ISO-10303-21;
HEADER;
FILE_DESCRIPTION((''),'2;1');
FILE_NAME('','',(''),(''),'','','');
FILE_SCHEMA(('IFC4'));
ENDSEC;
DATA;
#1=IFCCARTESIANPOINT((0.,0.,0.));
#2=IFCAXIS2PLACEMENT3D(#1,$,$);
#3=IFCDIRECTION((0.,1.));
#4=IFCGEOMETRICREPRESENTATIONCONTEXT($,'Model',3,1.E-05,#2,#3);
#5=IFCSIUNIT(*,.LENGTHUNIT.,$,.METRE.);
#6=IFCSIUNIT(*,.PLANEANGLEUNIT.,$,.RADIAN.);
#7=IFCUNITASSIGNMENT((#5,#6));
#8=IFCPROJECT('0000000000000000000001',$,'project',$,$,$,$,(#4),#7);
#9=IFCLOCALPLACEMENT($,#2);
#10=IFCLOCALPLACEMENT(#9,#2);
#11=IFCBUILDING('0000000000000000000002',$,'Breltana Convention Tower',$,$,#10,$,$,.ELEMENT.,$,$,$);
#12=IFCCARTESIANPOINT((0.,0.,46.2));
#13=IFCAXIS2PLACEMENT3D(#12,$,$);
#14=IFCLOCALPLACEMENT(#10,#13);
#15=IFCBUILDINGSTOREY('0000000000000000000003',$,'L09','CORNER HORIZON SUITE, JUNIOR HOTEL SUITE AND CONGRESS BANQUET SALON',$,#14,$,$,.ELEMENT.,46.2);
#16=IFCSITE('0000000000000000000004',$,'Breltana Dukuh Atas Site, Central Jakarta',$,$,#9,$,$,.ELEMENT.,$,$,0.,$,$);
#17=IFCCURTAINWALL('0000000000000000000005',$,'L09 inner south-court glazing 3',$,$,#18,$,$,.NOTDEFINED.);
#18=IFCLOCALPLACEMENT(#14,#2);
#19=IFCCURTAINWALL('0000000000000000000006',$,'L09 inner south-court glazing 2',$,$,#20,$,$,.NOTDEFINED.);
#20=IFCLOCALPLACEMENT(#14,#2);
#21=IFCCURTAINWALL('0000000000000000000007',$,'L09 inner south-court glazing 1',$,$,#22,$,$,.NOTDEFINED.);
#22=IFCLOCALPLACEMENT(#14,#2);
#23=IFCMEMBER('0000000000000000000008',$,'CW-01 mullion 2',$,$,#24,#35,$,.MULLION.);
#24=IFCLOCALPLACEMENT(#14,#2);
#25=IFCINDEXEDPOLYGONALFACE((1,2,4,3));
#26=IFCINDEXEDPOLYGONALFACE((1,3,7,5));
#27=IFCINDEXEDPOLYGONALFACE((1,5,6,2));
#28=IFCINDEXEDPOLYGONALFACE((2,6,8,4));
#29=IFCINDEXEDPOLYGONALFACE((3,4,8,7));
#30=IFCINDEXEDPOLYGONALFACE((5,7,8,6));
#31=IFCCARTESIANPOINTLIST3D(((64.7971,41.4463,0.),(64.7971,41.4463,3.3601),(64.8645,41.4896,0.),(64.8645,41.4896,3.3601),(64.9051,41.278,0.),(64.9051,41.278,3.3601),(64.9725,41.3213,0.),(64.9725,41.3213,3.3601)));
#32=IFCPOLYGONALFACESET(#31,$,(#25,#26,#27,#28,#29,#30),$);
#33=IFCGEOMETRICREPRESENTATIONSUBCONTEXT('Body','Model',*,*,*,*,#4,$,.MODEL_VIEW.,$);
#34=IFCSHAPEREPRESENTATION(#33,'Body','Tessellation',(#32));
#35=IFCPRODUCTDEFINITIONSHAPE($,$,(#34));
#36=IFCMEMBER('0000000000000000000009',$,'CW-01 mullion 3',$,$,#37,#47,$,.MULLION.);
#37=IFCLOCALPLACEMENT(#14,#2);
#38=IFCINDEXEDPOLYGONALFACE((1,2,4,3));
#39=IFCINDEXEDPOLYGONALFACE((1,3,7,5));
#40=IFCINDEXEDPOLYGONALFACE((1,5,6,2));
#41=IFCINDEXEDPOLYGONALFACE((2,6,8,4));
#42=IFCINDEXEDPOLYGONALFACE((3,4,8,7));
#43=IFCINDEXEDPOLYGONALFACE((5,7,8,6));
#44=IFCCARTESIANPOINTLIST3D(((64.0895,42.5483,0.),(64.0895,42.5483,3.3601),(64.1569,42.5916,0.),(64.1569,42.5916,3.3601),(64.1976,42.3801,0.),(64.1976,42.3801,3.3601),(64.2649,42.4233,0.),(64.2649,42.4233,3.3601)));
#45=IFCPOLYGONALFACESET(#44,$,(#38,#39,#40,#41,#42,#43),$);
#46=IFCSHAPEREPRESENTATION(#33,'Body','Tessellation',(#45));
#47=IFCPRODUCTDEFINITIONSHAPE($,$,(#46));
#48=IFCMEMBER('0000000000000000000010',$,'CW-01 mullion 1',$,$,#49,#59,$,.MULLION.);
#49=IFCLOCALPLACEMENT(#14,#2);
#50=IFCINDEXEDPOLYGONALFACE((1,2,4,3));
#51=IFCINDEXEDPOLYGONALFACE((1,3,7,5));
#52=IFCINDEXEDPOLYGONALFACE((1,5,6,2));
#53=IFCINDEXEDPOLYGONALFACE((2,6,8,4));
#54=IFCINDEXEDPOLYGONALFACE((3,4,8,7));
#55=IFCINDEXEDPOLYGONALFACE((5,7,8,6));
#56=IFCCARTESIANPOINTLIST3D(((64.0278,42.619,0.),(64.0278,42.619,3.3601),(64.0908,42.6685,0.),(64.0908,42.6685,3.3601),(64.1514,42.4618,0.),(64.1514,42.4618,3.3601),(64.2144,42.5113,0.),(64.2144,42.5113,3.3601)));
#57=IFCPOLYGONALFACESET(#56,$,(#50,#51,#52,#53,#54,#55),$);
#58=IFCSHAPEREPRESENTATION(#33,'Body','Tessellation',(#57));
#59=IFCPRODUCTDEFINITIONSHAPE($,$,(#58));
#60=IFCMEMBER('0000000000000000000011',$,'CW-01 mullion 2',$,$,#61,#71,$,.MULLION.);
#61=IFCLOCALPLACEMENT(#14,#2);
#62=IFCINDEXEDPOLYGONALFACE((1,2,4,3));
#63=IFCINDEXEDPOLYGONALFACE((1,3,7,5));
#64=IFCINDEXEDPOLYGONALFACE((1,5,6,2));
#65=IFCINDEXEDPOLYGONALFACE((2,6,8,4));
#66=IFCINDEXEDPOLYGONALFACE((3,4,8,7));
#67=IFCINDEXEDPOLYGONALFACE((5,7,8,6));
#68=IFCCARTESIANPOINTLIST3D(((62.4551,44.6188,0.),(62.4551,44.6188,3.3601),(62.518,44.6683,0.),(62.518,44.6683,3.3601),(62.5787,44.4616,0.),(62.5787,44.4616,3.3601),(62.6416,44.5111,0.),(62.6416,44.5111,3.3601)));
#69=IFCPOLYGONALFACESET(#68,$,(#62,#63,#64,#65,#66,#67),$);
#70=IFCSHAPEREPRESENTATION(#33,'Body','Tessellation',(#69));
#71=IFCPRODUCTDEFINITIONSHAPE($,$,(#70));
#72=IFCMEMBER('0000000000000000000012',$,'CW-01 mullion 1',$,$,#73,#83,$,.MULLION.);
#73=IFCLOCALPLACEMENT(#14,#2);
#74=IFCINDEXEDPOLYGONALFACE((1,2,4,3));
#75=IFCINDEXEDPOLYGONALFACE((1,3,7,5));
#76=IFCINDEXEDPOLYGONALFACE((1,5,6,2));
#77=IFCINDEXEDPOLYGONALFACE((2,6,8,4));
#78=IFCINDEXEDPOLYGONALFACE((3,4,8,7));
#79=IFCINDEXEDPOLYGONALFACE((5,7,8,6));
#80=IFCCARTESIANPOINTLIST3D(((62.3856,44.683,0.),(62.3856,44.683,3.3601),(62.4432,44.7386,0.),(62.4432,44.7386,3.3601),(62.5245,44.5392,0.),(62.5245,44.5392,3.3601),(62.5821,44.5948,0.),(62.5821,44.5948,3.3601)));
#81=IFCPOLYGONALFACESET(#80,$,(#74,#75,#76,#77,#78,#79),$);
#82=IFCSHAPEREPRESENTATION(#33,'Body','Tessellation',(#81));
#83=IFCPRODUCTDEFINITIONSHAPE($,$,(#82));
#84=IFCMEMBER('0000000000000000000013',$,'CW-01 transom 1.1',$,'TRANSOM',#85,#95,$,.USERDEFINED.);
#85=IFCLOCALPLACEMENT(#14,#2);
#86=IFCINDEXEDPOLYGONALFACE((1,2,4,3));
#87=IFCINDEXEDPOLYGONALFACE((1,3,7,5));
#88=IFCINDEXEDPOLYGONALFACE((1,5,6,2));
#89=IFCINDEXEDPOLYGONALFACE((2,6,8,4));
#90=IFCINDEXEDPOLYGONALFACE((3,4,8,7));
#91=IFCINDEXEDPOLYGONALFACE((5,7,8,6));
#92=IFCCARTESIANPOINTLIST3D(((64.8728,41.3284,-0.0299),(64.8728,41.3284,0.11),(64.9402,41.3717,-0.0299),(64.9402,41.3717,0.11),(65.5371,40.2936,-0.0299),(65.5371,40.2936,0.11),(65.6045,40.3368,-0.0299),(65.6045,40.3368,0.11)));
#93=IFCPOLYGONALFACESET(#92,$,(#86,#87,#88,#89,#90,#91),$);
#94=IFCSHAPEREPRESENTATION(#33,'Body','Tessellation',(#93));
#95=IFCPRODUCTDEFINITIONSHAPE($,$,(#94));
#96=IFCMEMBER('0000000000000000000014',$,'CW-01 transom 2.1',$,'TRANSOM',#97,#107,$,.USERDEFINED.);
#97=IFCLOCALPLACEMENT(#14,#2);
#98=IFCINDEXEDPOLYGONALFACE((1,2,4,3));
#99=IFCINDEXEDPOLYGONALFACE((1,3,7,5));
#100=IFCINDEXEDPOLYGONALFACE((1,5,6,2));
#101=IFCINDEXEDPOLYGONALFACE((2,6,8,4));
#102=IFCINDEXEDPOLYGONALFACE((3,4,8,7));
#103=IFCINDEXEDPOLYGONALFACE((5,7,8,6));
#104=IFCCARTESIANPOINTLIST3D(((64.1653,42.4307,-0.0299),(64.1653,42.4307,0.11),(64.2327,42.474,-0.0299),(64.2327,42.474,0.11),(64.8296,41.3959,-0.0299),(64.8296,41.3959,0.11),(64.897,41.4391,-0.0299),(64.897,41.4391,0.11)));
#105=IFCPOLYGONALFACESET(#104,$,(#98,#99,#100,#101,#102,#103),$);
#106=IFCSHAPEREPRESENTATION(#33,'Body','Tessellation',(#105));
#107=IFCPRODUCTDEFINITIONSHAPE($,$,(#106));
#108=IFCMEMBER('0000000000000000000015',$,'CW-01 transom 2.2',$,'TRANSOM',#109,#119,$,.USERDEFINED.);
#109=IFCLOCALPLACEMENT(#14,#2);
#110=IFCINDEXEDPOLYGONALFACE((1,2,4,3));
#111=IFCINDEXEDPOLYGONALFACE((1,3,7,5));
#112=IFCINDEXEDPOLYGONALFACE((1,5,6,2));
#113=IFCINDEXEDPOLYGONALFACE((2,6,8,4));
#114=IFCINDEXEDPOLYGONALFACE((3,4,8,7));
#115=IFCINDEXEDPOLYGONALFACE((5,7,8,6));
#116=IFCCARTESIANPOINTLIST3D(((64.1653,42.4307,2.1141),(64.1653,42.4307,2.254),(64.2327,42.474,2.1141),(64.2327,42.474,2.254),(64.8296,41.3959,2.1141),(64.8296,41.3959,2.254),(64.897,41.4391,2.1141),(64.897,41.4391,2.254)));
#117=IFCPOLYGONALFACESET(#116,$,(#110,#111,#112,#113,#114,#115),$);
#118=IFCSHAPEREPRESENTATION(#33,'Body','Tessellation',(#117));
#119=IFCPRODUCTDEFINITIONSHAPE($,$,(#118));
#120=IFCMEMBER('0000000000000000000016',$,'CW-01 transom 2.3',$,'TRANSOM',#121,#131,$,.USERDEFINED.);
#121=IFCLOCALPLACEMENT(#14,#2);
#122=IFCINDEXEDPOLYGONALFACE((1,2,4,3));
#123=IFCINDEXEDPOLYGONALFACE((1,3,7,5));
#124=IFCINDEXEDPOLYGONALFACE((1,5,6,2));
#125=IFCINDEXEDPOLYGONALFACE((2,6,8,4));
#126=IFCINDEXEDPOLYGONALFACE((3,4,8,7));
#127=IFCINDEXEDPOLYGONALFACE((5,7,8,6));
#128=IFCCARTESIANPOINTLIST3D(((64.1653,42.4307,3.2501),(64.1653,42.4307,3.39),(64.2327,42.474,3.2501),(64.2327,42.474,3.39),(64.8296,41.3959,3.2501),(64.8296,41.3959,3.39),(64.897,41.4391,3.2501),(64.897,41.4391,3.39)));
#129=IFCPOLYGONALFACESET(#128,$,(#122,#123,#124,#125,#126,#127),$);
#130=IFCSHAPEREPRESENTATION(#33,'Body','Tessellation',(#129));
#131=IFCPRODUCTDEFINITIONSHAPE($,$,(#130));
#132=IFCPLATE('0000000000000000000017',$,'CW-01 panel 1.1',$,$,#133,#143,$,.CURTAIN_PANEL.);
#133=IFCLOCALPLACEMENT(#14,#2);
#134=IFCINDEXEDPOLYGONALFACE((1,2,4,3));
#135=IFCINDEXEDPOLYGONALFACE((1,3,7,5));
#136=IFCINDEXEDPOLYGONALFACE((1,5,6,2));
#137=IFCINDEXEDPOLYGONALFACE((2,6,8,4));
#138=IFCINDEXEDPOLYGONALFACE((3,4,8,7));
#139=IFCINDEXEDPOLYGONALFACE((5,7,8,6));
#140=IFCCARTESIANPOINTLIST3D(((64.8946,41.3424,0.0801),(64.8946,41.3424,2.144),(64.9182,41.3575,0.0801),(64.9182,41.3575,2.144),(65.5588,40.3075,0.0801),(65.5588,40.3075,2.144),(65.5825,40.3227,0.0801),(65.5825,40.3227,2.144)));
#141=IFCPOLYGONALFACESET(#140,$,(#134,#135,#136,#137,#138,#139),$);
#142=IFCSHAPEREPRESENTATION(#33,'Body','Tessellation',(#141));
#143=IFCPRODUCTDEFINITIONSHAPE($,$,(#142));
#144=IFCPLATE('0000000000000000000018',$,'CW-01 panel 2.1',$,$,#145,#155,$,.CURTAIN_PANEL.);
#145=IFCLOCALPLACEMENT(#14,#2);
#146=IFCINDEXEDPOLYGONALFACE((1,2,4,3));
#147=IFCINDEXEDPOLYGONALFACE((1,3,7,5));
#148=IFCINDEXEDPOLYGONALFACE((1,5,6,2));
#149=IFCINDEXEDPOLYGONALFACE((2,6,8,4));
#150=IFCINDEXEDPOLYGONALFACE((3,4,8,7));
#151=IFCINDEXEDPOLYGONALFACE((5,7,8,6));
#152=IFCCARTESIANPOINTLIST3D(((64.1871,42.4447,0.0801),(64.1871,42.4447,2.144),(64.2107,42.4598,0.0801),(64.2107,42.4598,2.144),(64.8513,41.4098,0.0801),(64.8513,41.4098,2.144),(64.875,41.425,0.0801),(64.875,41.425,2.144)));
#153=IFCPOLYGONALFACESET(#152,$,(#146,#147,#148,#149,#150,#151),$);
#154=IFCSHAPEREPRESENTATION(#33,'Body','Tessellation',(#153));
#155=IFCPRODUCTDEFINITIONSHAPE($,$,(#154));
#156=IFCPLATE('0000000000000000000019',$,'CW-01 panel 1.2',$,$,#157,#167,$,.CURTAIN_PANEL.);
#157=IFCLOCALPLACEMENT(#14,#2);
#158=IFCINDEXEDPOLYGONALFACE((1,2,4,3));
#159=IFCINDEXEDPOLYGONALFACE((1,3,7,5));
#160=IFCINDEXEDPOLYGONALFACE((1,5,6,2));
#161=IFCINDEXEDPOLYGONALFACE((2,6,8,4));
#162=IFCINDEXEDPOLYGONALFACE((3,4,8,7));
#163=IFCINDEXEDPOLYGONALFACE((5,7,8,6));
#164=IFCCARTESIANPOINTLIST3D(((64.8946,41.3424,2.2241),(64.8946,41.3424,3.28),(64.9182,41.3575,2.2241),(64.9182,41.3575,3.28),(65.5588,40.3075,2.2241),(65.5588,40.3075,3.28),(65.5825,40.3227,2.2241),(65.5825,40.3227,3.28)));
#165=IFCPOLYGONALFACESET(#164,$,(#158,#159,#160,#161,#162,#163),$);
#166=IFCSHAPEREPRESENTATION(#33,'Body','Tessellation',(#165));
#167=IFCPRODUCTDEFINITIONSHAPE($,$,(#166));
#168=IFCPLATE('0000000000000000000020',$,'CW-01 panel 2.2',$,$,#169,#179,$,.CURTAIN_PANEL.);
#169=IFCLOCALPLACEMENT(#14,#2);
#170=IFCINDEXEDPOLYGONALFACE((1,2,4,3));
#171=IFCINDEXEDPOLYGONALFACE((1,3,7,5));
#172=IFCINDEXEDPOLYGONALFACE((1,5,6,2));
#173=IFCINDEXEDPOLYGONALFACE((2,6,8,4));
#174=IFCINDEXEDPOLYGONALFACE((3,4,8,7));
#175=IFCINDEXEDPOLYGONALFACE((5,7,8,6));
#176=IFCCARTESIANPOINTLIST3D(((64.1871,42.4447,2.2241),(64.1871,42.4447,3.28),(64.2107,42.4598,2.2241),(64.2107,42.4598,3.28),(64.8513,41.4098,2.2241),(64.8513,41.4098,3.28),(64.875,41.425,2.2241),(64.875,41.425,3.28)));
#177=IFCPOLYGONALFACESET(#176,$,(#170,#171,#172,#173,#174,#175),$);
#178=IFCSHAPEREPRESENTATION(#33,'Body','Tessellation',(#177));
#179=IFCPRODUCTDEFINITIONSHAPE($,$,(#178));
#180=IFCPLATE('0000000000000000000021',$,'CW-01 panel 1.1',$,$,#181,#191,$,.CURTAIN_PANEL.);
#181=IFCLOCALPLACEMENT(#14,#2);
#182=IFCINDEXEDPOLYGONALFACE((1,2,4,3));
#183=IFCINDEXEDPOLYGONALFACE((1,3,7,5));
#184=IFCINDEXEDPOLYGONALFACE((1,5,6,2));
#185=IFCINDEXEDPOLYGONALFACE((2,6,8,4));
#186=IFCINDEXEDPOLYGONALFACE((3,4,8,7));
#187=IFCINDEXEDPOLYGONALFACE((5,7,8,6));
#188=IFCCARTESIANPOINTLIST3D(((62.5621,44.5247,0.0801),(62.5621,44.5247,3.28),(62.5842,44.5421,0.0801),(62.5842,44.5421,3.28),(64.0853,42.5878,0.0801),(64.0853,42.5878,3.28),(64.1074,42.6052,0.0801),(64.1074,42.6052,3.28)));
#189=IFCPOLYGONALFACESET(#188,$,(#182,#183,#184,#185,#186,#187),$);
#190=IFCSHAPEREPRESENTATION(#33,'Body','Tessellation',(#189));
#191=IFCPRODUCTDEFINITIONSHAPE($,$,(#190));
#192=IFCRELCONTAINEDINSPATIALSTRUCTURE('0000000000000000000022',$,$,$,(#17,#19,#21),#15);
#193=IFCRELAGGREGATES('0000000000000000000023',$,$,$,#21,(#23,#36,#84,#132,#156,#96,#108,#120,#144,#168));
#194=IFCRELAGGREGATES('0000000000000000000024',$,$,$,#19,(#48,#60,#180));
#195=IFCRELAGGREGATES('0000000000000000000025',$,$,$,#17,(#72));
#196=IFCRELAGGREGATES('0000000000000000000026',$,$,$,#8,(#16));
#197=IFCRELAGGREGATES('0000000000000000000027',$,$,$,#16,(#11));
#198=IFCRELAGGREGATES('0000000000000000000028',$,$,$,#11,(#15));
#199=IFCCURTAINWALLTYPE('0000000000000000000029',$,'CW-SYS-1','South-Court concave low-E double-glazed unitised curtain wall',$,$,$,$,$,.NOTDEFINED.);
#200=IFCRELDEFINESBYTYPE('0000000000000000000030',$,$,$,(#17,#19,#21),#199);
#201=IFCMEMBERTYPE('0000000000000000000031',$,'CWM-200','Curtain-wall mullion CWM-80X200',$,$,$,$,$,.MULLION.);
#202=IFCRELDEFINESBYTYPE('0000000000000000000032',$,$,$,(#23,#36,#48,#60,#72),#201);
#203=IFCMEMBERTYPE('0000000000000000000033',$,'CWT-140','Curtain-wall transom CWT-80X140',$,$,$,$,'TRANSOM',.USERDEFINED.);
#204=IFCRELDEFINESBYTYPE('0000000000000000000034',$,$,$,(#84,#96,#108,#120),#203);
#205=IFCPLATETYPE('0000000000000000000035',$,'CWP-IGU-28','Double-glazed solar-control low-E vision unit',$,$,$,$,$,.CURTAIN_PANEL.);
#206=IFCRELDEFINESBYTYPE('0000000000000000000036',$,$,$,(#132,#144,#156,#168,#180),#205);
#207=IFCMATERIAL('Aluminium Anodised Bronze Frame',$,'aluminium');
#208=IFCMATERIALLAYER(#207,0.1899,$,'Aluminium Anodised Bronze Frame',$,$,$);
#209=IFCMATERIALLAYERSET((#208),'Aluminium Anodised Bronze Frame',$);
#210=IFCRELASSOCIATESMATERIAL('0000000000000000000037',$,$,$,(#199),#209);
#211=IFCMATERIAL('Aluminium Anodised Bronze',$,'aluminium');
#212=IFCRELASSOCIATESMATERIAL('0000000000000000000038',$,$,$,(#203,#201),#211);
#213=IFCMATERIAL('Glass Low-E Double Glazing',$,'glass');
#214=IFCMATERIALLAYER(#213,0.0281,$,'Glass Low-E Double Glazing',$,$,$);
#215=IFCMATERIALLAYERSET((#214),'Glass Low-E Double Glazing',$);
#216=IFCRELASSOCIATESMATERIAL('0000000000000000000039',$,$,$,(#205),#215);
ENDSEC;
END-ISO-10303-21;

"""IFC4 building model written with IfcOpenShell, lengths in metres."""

from ifc_helpers import new_model, si_unit, direction, frame, origin, origin_2d, place, context, subcontext, project, spatial, rectangle, extrude, source, transform, mapped, material, layer, layer_set, material_profile, profile_set, type_object, element, aggregate, save


model = new_model("IFC4")

# Units and contexts
model_context = context("Model", 3, precision=1e-05, world=origin(), true_north=direction((0.0, 1.0)))
body_context = subcontext(model_context, "Body", "Model", "MODEL_VIEW")
ifc_project = project(units=[si_unit("LENGTHUNIT", "METRE"), si_unit("PLANEANGLEUNIT", "RADIAN")], contexts=[model_context])

# Site, building, storey
site_placement = place(None, origin())
site = spatial("IfcSite", under=ifc_project, at=site_placement, Name="Breltana Dukuh Atas Site, Central Jakarta", CompositionType="ELEMENT", RefElevation=0.0)
building_placement = place(site_placement, origin())
building = spatial("IfcBuilding", under=site, at=building_placement, Name="Breltana Convention Tower", CompositionType="ELEMENT")
storey_placement = place(building_placement, frame((0.0, 0.0, 46.2)))
storey = spatial("IfcBuildingStorey", under=building, at=storey_placement, Name="L09", Description="CORNER HORIZON SUITE, JUNIOR HOTEL SUITE AND CONGRESS BANQUET SALON", CompositionType="ELEMENT", Elevation=46.2)

# Curtain walls, members
ifc_material_1 = material(Name="Aluminium Anodised Bronze Frame", Category="aluminium")
ifc_layer_1 = layer(ifc_material_1, 0.1899, Name="Aluminium Anodised Bronze Frame")
ifc_layer_set_1 = layer_set([ifc_layer_1], Name="Aluminium Anodised Bronze Frame")
curtain_wall_type = type_object("IfcCurtainWallType", Name="CW-SYS-1", Description="South-Court concave low-E double-glazed unitised curtain wall", PredefinedType="NOTDEFINED", material=ifc_layer_set_1)
curtain_wall_1_placement = place(storey_placement, origin())
curtain_wall_1 = element("IfcCurtainWall", 1, at=curtain_wall_1_placement, inside=storey, type_object=curtain_wall_type, Name="L09 inner south-court glazing 3", PredefinedType="NOTDEFINED")
ifc_material_2 = material(Name="Aluminium Anodised Bronze", Category="aluminium")
ifc_material_profile_1 = material_profile(ifc_material_2, rectangle(XDim=0.0801, YDim=0.1399, at=origin_2d()), Name="CWT-80X140")
ifc_profile_set_1 = profile_set([ifc_material_profile_1], Name="Aluminium Anodised Bronze")
member_type_1 = type_object("IfcMemberType", Name="CWT-140", Description="Curtain-wall transom CWT-80X140", ElementType="TRANSOM", PredefinedType="USERDEFINED", material=ifc_profile_set_1)
curtain_wall_2_placement = place(storey_placement, origin())
curtain_wall_2 = element("IfcCurtainWall", 2, at=curtain_wall_2_placement, inside=storey, type_object=curtain_wall_type, Name="L09 inner south-court glazing 2", PredefinedType="NOTDEFINED")
curtain_wall_3_placement = place(storey_placement, origin())
curtain_wall_3 = element("IfcCurtainWall", 3, at=curtain_wall_3_placement, inside=storey, type_object=curtain_wall_type, Name="L09 inner south-court glazing 1", PredefinedType="NOTDEFINED")
ifc_material_profile_2 = material_profile(ifc_material_2, rectangle(XDim=0.0801, YDim=0.2, at=origin_2d()), Name="CWM-80X200")
ifc_profile_set_2 = profile_set([ifc_material_profile_2], Name="Aluminium Anodised Bronze")
member_type_2 = type_object("IfcMemberType", Name="CWM-200", Description="Curtain-wall mullion CWM-80X200", PredefinedType="MULLION", material=ifc_profile_set_2)
shared_shape_1 = source(origin(), body_context, "Body", "SweptSolid", [
    extrude(rectangle(XDim=0.0801, YDim=0.2, at=origin_2d()), origin(), (0.0, 0.0, 1.0), 3.3601),
])
member_1_placement = place(storey_placement, frame((64.8848, 41.3838, 0.0), z_axis=(0.0, 0.0, 1.0), x_axis=(-0.841556, -0.54017, 0.0)))
member_1 = element("IfcMember", 4, at=member_1_placement, type_object=member_type_2, Name="CW-01 mullion 2", PredefinedType="MULLION", context=body_context, shape_type="MappedRepresentation", body=[
    mapped(shared_shape_1, transform((0.0, 0.0, 0.0), scale=1.0)),
])
member_2_placement = place(storey_placement, frame((64.1772, 42.4858, 0.0), z_axis=(0.0, 0.0, 1.0), x_axis=(-0.841556, -0.54017, 0.0)))
member_2 = element("IfcMember", 5, at=member_2_placement, type_object=member_type_2, Name="CW-01 mullion 3", PredefinedType="MULLION", context=body_context, shape_type="MappedRepresentation", body=[
    mapped(shared_shape_1, transform((0.0, 0.0, 0.0), scale=1.0)),
])

# Members
member_3_placement = place(storey_placement, frame((64.1211, 42.5652, 0.0), z_axis=(0.0, 0.0, 1.0), x_axis=(-0.786058, -0.618153, 0.0)))
member_3 = element("IfcMember", 6, at=member_3_placement, type_object=member_type_2, Name="CW-01 mullion 1", PredefinedType="MULLION", context=body_context, shape_type="MappedRepresentation", body=[
    mapped(shared_shape_1, transform((0.0, 0.0, 0.0), scale=1.0)),
])
member_4_placement = place(storey_placement, frame((62.5483, 44.5649, 0.0), z_axis=(0.0, 0.0, 1.0), x_axis=(-0.786058, -0.618153, 0.0)))
member_4 = element("IfcMember", 7, at=member_4_placement, type_object=member_type_2, Name="CW-01 mullion 2", PredefinedType="MULLION", context=body_context, shape_type="MappedRepresentation", body=[
    mapped(shared_shape_1, transform((0.0, 0.0, 0.0), scale=1.0)),
])
member_5_placement = place(storey_placement, frame((62.4839, 44.6389, 0.0), z_axis=(0.0, 0.0, 1.0), x_axis=(-0.719385, -0.694612, 0.0)))
member_5 = element("IfcMember", 8, at=member_5_placement, type_object=member_type_2, Name="CW-01 mullion 1", PredefinedType="MULLION", context=body_context, shape_type="MappedRepresentation", body=[
    mapped(shared_shape_1, transform((0.0, 0.0, 0.0), scale=1.0)),
])
shared_shape_2 = source(origin(), body_context, "Body", "SweptSolid", [
    extrude(rectangle(XDim=0.0801, YDim=0.1399, at=origin_2d()), origin(), (0.0, 0.0, 1.0), 1.2297),
])
member_6_placement = place(storey_placement, frame((65.5708, 40.3152, 0.04), z_axis=(-0.540186, 0.841546, 0.0), x_axis=(-0.841546, -0.540186, 0.0)))
member_6 = element("IfcMember", 9, at=member_6_placement, type_object=member_type_1, Name="CW-01 transom 1.1", ObjectType="TRANSOM", PredefinedType="USERDEFINED", context=body_context, shape_type="MappedRepresentation", body=[
    mapped(shared_shape_2, transform((0.0, 0.0, 0.0), scale=1.0)),
])
member_7_placement = place(storey_placement, frame((64.8633, 41.4175, 0.04), z_axis=(-0.540186, 0.841546, 0.0), x_axis=(-0.841546, -0.540186, 0.0)))
member_7 = element("IfcMember", 10, at=member_7_placement, type_object=member_type_1, Name="CW-01 transom 2.1", ObjectType="TRANSOM", PredefinedType="USERDEFINED", context=body_context, shape_type="MappedRepresentation", body=[
    mapped(shared_shape_2, transform((0.0, 0.0, 0.0), scale=1.0)),
])
member_8_placement = place(storey_placement, frame((64.8633, 41.4175, 2.1841), z_axis=(-0.540186, 0.841546, 0.0), x_axis=(-0.841546, -0.540186, 0.0)))
member_8 = element("IfcMember", 11, at=member_8_placement, type_object=member_type_1, Name="CW-01 transom 2.2", ObjectType="TRANSOM", PredefinedType="USERDEFINED", context=body_context, shape_type="MappedRepresentation", body=[
    mapped(shared_shape_2, transform((0.0, 0.0, 0.0), scale=1.0)),
])
member_9_placement = place(storey_placement, frame((64.8633, 41.4175, 3.3201), z_axis=(-0.540186, 0.841546, 0.0), x_axis=(-0.841546, -0.540186, 0.0)))
member_9 = element("IfcMember", 12, at=member_9_placement, type_object=member_type_1, Name="CW-01 transom 2.3", ObjectType="TRANSOM", PredefinedType="USERDEFINED", context=body_context, shape_type="MappedRepresentation", body=[
    mapped(shared_shape_2, transform((0.0, 0.0, 0.0), scale=1.0)),
])

# Plates
ifc_material_3 = material(Name="Glass Low-E Double Glazing", Category="glass")
ifc_layer_2 = layer(ifc_material_3, 0.0281, Name="Glass Low-E Double Glazing")
ifc_layer_set_2 = layer_set([ifc_layer_2], Name="Glass Low-E Double Glazing")
plate_type = type_object("IfcPlateType", Name="CWP-IGU-28", Description="Double-glazed solar-control low-E vision unit", PredefinedType="CURTAIN_PANEL", material=ifc_layer_set_2)
shared_shape_3 = source(origin(), body_context, "Body", "SweptSolid", [
    extrude(rectangle(XDim=1.2297, YDim=0.0281, at=origin_2d()), origin(), (0.0, 0.0, 1.0), 2.064),
])
plate_1_placement = place(storey_placement, frame((65.2385, 40.8325, 0.0801), z_axis=(0.0, 0.0, 1.0), x_axis=(-0.54017, 0.841556, 0.0)))
plate_1 = element("IfcPlate", 13, at=plate_1_placement, type_object=plate_type, Name="CW-01 panel 1.1", PredefinedType="CURTAIN_PANEL", context=body_context, shape_type="MappedRepresentation", body=[
    mapped(shared_shape_3, transform((0.0, 0.0, 0.0), scale=1.0)),
])
plate_2_placement = place(storey_placement, frame((64.531, 41.9348, 0.0801), z_axis=(0.0, 0.0, 1.0), x_axis=(-0.54017, 0.841556, 0.0)))
plate_2 = element("IfcPlate", 14, at=plate_2_placement, type_object=plate_type, Name="CW-01 panel 2.1", PredefinedType="CURTAIN_PANEL", context=body_context, shape_type="MappedRepresentation", body=[
    mapped(shared_shape_3, transform((0.0, 0.0, 0.0), scale=1.0)),
])
shared_shape_4 = source(origin(), body_context, "Body", "SweptSolid", [
    extrude(rectangle(XDim=1.2297, YDim=0.0281, at=origin_2d()), origin(), (0.0, 0.0, 1.0), 1.0559),
])
plate_3_placement = place(storey_placement, frame((65.2385, 40.8325, 2.2241), z_axis=(0.0, 0.0, 1.0), x_axis=(-0.54017, 0.841556, 0.0)))
plate_3 = element("IfcPlate", 15, at=plate_3_placement, type_object=plate_type, Name="CW-01 panel 1.2", PredefinedType="CURTAIN_PANEL", context=body_context, shape_type="MappedRepresentation", body=[
    mapped(shared_shape_4, transform((0.0, 0.0, 0.0), scale=1.0)),
])
plate_4_placement = place(storey_placement, frame((64.531, 41.9348, 2.2241), z_axis=(0.0, 0.0, 1.0), x_axis=(-0.54017, 0.841556, 0.0)))
plate_4 = element("IfcPlate", 16, at=plate_4_placement, type_object=plate_type, Name="CW-01 panel 2.2", PredefinedType="CURTAIN_PANEL", context=body_context, shape_type="MappedRepresentation", body=[
    mapped(shared_shape_4, transform((0.0, 0.0, 0.0), scale=1.0)),
])
aggregate(curtain_wall_3, [member_1, member_2, member_6, plate_1, plate_3, member_7, member_8, member_9, plate_2, plate_4])
shared_shape_5 = source(origin(), body_context, "Body", "SweptSolid", [
    extrude(rectangle(XDim=2.4641, YDim=0.0281, at=origin_2d()), origin(), (0.0, 0.0, 1.0), 3.2),
])
plate_5_placement = place(storey_placement, frame((63.3347, 43.5649, 0.0801), z_axis=(0.0, 0.0, 1.0), x_axis=(-0.618153, 0.786058, 0.0)))
plate_5 = element("IfcPlate", 17, at=plate_5_placement, type_object=plate_type, Name="CW-01 panel 1.1", PredefinedType="CURTAIN_PANEL", context=body_context, shape_type="MappedRepresentation", body=[
    mapped(shared_shape_5, transform((0.0, 0.0, 0.0), scale=1.0)),
])
aggregate(curtain_wall_2, [member_3, member_4, plate_5])
aggregate(curtain_wall_1, [member_5])

save(model, "model.ifc")
